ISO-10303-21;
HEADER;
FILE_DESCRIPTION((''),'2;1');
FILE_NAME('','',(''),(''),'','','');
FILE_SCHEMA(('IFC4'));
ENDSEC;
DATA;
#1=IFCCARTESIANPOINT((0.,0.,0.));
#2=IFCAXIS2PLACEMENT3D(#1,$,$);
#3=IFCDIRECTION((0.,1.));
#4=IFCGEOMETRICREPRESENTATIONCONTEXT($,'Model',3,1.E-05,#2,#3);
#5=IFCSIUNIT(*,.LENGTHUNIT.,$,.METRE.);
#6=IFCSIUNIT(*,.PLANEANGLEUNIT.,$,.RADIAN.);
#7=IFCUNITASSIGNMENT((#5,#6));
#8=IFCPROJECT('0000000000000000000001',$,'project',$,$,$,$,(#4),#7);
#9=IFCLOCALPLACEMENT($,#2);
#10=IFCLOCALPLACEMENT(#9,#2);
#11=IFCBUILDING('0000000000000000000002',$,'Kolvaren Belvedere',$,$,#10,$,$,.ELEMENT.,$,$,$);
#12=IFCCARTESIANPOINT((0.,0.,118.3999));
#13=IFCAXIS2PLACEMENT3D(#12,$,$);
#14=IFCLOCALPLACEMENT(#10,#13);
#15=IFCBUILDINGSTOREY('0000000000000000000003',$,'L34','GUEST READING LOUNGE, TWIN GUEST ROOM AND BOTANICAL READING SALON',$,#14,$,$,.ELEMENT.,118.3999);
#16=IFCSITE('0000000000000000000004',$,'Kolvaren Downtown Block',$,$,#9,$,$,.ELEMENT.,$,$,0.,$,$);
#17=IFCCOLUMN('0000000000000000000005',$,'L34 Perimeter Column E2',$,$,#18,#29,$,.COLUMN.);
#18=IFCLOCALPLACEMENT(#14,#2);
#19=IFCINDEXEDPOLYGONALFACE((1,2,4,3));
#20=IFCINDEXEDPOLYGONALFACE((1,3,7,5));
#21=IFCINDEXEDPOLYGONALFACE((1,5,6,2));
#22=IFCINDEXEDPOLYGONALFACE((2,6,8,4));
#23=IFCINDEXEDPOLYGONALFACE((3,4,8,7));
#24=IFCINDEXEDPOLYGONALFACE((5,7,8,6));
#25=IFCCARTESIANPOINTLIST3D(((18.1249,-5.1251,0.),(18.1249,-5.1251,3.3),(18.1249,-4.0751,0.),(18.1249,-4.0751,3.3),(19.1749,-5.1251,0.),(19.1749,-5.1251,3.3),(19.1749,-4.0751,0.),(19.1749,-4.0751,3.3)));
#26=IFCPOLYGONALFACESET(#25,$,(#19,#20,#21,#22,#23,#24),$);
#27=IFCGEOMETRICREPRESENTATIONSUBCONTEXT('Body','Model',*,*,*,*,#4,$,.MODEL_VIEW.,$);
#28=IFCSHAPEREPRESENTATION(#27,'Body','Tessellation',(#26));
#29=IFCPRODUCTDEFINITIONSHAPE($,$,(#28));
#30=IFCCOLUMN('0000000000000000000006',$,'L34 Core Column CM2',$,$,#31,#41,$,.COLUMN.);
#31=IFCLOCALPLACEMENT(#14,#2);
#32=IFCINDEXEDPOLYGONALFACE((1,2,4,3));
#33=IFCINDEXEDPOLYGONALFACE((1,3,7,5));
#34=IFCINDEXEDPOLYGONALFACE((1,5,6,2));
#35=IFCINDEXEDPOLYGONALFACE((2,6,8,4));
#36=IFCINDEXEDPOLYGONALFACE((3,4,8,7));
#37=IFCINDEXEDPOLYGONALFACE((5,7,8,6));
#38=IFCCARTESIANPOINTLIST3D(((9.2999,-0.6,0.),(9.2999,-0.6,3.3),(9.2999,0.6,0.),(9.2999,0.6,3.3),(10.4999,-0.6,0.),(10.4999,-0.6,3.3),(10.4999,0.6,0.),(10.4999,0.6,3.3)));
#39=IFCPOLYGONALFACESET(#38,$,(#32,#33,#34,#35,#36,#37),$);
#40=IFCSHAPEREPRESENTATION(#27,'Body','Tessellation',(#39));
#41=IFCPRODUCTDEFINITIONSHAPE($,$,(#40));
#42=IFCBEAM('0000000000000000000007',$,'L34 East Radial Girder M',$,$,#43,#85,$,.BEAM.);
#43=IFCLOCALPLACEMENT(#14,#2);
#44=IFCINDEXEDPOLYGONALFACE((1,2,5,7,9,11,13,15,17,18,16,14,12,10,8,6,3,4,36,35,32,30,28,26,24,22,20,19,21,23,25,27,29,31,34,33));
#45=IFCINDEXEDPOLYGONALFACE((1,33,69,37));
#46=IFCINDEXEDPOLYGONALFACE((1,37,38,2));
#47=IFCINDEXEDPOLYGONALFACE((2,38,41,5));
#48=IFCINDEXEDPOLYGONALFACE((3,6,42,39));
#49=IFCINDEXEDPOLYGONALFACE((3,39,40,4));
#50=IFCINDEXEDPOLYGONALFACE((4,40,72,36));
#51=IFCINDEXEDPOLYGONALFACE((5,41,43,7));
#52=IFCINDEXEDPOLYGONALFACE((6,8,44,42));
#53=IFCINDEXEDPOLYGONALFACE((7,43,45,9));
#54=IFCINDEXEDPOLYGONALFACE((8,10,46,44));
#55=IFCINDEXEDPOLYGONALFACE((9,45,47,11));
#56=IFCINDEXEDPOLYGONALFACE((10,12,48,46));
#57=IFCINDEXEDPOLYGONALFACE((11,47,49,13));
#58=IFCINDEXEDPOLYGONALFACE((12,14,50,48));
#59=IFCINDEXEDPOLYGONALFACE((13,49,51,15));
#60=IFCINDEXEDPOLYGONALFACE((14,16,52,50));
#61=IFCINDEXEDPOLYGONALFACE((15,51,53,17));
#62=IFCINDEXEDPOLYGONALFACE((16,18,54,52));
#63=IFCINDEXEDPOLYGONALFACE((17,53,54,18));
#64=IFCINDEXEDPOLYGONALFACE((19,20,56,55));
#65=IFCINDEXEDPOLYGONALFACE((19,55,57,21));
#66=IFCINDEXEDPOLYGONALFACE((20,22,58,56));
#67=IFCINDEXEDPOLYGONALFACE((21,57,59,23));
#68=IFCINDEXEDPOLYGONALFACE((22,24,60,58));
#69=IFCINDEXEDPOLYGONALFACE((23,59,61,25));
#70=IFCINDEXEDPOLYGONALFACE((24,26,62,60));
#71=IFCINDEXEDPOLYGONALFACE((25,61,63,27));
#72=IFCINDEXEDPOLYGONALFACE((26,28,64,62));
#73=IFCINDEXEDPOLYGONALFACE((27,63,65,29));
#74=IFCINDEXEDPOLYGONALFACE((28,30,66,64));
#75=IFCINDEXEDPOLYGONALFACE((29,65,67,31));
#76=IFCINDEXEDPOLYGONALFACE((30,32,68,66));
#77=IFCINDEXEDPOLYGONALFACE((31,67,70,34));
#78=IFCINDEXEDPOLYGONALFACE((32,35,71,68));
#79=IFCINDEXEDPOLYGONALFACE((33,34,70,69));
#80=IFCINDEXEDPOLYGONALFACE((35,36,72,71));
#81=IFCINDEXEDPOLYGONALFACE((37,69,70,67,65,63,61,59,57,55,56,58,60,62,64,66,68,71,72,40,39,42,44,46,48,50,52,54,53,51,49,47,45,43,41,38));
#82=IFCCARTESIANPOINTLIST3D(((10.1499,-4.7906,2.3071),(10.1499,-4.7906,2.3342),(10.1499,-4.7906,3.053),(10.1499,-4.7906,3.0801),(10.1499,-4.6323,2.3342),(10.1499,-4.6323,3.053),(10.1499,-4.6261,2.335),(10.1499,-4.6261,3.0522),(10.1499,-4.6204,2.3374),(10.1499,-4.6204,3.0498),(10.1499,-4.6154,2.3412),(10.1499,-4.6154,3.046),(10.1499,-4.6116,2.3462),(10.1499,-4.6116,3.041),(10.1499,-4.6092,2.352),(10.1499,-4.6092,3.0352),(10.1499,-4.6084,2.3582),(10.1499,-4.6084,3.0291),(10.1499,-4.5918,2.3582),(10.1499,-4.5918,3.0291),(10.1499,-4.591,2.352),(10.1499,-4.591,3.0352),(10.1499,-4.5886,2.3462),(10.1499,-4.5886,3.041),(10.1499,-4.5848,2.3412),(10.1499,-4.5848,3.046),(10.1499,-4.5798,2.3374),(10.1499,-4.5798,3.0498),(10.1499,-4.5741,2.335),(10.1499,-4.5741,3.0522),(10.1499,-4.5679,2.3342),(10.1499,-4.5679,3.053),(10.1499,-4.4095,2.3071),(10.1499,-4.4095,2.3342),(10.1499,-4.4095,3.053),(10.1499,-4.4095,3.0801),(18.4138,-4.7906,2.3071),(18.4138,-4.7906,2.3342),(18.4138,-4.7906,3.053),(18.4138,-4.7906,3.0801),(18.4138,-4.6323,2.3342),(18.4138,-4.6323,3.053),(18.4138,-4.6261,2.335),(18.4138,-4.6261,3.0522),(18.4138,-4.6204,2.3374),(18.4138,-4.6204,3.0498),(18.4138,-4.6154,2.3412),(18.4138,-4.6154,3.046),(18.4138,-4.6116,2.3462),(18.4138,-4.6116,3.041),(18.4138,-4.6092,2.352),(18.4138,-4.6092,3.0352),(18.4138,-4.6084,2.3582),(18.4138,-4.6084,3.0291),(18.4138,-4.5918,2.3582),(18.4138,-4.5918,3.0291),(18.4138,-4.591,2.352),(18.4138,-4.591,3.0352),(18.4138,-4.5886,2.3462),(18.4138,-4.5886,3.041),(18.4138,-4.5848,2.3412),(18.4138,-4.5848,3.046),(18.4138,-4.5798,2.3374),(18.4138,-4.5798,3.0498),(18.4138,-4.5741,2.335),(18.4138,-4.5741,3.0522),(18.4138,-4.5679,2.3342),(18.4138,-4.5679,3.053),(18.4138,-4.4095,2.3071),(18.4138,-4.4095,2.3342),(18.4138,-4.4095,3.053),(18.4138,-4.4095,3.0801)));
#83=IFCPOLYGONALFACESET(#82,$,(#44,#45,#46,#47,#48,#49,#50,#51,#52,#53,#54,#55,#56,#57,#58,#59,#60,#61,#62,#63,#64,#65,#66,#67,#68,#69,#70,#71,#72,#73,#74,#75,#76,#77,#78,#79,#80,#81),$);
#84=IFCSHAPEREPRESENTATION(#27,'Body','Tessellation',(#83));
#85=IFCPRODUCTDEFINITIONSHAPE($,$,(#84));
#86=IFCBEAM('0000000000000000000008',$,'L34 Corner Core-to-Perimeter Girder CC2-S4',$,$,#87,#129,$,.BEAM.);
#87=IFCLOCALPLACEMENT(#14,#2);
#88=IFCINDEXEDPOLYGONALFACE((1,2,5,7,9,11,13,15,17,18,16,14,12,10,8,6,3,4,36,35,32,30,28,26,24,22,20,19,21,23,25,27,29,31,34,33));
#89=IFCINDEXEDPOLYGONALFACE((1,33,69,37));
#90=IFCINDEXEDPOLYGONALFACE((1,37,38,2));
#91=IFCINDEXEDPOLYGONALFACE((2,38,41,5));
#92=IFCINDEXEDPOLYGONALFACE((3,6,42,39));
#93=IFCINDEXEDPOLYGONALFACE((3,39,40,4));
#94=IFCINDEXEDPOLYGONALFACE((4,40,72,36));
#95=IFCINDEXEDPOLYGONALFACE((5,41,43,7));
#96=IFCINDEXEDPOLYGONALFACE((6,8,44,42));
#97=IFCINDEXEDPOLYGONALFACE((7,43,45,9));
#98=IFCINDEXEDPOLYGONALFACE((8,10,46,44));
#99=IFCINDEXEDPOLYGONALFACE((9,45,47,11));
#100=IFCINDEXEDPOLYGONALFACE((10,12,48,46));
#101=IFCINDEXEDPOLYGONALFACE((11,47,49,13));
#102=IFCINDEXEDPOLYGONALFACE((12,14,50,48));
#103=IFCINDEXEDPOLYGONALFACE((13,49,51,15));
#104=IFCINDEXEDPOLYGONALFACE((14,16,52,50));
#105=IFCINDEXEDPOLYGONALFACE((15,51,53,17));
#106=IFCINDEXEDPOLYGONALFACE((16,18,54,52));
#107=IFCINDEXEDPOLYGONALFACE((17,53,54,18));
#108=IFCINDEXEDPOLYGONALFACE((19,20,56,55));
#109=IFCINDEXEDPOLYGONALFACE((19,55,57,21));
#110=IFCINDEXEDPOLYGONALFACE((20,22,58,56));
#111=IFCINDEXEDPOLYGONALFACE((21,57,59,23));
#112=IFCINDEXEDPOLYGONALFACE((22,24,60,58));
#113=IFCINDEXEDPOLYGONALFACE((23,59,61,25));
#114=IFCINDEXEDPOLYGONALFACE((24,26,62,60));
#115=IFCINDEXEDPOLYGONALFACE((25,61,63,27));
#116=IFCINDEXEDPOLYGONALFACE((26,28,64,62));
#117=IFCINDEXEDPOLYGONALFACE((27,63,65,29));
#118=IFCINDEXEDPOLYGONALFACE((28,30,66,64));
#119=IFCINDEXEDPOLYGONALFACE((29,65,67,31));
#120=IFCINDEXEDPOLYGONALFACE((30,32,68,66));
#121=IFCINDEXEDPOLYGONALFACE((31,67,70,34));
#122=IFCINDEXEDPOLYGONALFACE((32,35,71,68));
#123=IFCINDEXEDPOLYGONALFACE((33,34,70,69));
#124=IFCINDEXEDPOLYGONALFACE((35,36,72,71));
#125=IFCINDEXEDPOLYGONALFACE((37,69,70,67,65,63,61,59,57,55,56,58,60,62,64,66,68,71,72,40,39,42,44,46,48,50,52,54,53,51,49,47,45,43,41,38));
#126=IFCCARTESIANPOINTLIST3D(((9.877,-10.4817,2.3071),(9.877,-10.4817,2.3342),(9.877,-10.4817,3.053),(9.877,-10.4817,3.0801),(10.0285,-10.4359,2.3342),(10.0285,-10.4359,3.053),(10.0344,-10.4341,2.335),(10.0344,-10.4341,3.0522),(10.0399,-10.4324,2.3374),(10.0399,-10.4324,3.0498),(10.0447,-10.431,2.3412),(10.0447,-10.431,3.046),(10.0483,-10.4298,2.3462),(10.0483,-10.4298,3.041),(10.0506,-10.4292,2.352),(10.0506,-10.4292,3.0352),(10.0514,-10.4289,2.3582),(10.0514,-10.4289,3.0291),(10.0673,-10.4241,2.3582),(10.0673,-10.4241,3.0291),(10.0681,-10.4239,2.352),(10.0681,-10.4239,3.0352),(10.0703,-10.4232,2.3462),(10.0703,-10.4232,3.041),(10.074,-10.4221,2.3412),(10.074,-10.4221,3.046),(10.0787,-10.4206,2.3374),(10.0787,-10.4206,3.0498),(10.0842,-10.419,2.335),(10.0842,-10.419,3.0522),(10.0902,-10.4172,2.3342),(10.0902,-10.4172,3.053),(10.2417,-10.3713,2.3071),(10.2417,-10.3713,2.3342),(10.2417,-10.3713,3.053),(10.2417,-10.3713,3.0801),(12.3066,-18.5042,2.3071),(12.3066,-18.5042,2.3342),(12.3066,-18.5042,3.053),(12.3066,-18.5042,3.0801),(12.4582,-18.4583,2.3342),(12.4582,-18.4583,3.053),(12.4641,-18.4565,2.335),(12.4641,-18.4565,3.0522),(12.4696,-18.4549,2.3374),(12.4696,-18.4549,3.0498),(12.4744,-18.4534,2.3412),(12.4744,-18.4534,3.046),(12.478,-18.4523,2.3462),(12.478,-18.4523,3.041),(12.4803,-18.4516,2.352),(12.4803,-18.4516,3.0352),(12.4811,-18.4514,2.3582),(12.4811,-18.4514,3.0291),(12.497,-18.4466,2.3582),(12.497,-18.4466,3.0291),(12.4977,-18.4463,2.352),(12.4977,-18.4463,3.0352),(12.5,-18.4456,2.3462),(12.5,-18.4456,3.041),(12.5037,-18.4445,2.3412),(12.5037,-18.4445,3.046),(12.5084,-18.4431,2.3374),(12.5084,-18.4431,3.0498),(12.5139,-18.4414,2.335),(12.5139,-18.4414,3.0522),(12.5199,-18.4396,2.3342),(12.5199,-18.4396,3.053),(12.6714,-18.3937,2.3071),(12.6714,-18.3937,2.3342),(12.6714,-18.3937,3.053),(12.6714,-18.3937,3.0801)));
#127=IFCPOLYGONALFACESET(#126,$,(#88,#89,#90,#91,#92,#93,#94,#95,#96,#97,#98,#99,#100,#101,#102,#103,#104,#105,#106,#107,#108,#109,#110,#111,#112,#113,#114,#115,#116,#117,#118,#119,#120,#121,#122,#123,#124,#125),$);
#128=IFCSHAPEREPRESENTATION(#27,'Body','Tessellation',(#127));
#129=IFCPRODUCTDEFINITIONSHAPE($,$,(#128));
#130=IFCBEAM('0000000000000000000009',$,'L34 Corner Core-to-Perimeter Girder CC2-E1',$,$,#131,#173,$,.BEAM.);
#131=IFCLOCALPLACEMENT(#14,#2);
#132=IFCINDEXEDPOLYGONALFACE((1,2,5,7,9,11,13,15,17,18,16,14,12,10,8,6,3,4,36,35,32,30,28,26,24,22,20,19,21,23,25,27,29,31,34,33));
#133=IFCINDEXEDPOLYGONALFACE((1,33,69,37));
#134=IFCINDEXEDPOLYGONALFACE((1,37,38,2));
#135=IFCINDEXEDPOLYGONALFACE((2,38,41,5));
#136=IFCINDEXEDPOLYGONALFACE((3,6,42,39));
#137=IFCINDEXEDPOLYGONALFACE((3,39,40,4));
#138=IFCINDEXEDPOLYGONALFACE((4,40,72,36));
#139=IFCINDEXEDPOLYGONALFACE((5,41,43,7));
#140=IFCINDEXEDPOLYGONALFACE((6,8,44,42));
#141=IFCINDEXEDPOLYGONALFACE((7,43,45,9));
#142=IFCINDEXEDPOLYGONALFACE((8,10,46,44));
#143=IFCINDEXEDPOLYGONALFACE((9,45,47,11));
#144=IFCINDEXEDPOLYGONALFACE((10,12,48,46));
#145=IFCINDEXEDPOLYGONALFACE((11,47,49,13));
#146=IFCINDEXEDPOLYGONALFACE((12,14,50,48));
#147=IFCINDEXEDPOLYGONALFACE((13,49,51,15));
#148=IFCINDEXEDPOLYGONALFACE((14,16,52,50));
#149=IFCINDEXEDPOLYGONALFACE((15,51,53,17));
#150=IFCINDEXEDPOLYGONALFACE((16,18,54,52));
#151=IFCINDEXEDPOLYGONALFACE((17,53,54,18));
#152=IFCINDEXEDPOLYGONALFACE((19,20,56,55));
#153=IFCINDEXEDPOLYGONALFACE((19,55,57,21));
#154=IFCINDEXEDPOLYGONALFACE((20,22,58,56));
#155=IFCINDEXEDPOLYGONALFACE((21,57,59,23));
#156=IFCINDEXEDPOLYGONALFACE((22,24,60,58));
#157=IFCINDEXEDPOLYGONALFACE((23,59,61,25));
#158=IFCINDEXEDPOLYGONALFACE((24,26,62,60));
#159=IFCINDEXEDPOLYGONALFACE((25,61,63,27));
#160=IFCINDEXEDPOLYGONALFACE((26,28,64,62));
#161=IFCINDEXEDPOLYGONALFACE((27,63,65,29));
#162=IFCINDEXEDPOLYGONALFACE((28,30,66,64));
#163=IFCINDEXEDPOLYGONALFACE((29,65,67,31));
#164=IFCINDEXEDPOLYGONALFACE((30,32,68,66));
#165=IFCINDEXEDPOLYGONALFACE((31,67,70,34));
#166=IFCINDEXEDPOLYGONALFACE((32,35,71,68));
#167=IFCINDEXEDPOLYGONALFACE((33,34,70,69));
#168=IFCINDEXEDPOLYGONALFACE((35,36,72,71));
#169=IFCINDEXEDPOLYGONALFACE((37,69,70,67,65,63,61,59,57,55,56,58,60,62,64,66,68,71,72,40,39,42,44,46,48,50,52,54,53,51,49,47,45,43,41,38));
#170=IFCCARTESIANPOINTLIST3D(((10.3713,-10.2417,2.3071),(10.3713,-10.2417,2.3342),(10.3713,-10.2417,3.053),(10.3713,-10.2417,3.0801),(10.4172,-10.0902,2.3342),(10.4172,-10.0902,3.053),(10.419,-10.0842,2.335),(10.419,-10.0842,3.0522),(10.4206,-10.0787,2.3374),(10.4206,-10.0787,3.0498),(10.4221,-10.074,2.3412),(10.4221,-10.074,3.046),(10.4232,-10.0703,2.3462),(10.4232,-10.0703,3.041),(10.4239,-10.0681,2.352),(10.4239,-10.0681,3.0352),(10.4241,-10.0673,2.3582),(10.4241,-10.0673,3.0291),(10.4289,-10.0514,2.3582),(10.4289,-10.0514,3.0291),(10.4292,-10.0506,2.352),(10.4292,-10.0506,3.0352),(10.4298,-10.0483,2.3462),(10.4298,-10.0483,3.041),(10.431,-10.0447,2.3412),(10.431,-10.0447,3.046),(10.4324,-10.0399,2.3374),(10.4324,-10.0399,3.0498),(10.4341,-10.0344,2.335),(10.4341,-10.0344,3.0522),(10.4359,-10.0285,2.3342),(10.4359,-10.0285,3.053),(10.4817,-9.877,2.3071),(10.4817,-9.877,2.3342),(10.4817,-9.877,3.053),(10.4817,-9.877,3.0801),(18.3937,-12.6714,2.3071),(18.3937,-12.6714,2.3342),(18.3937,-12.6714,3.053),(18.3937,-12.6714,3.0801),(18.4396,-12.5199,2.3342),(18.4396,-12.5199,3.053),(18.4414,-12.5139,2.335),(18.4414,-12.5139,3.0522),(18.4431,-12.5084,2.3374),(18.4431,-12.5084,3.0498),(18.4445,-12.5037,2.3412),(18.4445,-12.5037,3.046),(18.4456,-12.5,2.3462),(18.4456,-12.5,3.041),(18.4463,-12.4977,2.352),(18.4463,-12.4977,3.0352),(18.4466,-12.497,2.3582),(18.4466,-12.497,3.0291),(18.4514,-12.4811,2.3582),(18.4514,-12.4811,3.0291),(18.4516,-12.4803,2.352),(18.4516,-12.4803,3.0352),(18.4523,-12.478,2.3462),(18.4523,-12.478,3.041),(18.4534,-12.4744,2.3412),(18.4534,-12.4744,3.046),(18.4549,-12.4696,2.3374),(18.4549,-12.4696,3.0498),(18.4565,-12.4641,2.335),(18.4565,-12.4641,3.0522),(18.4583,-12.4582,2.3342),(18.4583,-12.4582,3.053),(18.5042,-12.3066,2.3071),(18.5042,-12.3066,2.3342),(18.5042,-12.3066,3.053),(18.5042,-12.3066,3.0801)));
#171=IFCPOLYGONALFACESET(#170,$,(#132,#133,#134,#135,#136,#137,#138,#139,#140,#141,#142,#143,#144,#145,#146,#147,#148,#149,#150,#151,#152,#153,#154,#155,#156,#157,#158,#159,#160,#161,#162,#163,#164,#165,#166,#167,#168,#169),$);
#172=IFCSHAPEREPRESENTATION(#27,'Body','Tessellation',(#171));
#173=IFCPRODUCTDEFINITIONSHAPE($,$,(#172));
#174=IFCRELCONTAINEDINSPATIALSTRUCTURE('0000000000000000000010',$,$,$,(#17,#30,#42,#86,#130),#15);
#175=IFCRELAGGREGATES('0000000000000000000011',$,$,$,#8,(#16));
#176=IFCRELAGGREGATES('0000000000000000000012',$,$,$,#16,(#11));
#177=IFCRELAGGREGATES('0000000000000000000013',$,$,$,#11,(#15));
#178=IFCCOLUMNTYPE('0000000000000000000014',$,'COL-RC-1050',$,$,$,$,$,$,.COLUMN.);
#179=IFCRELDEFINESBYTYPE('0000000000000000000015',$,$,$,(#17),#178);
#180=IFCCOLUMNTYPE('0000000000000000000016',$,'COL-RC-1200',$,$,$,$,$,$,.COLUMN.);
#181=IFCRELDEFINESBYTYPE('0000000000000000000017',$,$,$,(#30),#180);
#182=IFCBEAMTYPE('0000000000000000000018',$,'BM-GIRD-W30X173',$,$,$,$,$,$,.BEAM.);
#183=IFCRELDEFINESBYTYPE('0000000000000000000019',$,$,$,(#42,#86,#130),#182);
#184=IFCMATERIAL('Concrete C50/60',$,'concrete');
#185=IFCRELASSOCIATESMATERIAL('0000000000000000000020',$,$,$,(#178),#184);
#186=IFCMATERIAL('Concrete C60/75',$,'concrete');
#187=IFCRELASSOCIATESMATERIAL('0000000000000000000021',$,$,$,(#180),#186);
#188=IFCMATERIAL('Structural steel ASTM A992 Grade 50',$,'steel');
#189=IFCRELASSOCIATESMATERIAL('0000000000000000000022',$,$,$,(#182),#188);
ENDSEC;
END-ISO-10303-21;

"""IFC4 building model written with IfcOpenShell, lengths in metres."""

from ifc_helpers import new_model, si_unit, direction, frame, origin, origin_2d, place, context, subcontext, project, spatial, rectangle, i_section, extrude, material, material_profile, profile_set, type_object, element, save


model = new_model("IFC4")

# Units and contexts
model_context = context("Model", 3, precision=1e-05, world=origin(), true_north=direction((0.0, 1.0)))
body_context = subcontext(model_context, "Body", "Model", "MODEL_VIEW")
ifc_project = project(units=[si_unit("LENGTHUNIT", "METRE"), si_unit("PLANEANGLEUNIT", "RADIAN")], contexts=[model_context])

# Site, building, storey
site_placement = place(None, origin())
site = spatial("IfcSite", under=ifc_project, at=site_placement, Name="Kolvaren Downtown Block", CompositionType="ELEMENT", RefElevation=0.0)
building_placement = place(site_placement, origin())
building = spatial("IfcBuilding", under=site, at=building_placement, Name="Kolvaren Belvedere", CompositionType="ELEMENT")
storey_placement = place(building_placement, frame((0.0, 0.0, 118.3999)))
storey = spatial("IfcBuildingStorey", under=building, at=storey_placement, Name="L34", Description="GUEST READING LOUNGE, TWIN GUEST ROOM AND BOTANICAL READING SALON", CompositionType="ELEMENT", Elevation=118.3999)

# Columns
ifc_material_1 = material(Name="Concrete C50/60", Category="concrete")
ifc_material_profile_1 = material_profile(ifc_material_1, rectangle(XDim=1.05, YDim=1.05, at=origin_2d()), Name="RC 1050X1050")
ifc_profile_set_1 = profile_set([ifc_material_profile_1], Name="Concrete C50/60")
column_type_1 = type_object("IfcColumnType", Name="COL-RC-1050", PredefinedType="COLUMN", material=ifc_profile_set_1)
column_1_placement = place(storey_placement, frame((18.6499, -4.6001, 0.0), z_axis=(0.0, 0.0, 1.0), x_axis=(1.0, 0.0, 0.0)))
element("IfcColumn", 1, at=column_1_placement, inside=storey, type_object=column_type_1, Name="L34 Perimeter Column E2", PredefinedType="COLUMN", context=body_context, shape_type="SweptSolid", body=[
    extrude(rectangle(XDim=1.05, YDim=1.05, at=origin_2d()), origin(), (0.0, 0.0, 1.0), 3.3),
])
ifc_material_2 = material(Name="Concrete C60/75", Category="concrete")
ifc_material_profile_2 = material_profile(ifc_material_2, rectangle(XDim=1.2, YDim=1.2, at=origin_2d()), Name="RC 1200X1200")
ifc_profile_set_2 = profile_set([ifc_material_profile_2], Name="Concrete C60/75")
column_type_2 = type_object("IfcColumnType", Name="COL-RC-1200", PredefinedType="COLUMN", material=ifc_profile_set_2)
column_2_placement = place(storey_placement, frame((9.8999, 0.0, 0.0), z_axis=(0.0, 0.0, 1.0), x_axis=(1.0, 0.0, 0.0)))
element("IfcColumn", 2, at=column_2_placement, inside=storey, type_object=column_type_2, Name="L34 Core Column CM2", PredefinedType="COLUMN", context=body_context, shape_type="SweptSolid", body=[
    extrude(rectangle(XDim=1.2, YDim=1.2, at=origin_2d()), origin(), (0.0, 0.0, 1.0), 3.3),
])

# Beams
ifc_material_3 = material(Name="Structural steel ASTM A992 Grade 50", Category="steel")
ifc_material_profile_3 = material_profile(ifc_material_3, i_section(OverallWidth=0.3811, OverallDepth=0.7729, WebThickness=0.0166, FlangeThickness=0.0271, FilletRadius=0.0239, at=origin_2d()), Name="W30X173")
ifc_profile_set_3 = profile_set([ifc_material_profile_3], Name="Structural steel ASTM A992 Grade 50")
beam_type_1 = type_object("IfcBeamType", Name="BM-GIRD-W30X173", PredefinedType="BEAM", material=ifc_profile_set_3)
beam_1_placement = place(storey_placement, frame((10.1499, -4.6001, 2.6936), z_axis=(1.0, 0.0, 0.0), x_axis=(0.0, 1.0, 0.0)))
element("IfcBeam", 3, at=beam_1_placement, inside=storey, type_object=beam_type_1, Name="L34 East Radial Girder M", PredefinedType="BEAM", context=body_context, shape_type="SweptSolid", body=[
    extrude(i_section(OverallWidth=0.3811, OverallDepth=0.7729, WebThickness=0.0166, FlangeThickness=0.0271, FilletRadius=0.0239, at=origin_2d()), origin(), (0.0, 0.0, 1.0), 8.2639),
])
for number, where, z_axis, x_axis, name in (
    (4, (10.0593, -10.4265, 2.6936), (0.289859, -0.957069, 0.0), (0.957069, 0.289859, 0.0), "L34 Corner Core-to-Perimeter Girder CC2-S4"),
    (5, (10.4265, -10.0593, 2.6936), (0.957069, -0.289859, 0.0), (0.289859, 0.957069, 0.0), "L34 Corner Core-to-Perimeter Girder CC2-E1"),
):
    element("IfcBeam", number, at=place(storey_placement, frame(where, z_axis=z_axis, x_axis=x_axis)), inside=storey, type_object=beam_type_1, Name=name, PredefinedType="BEAM", context=body_context, shape_type="SweptSolid", body=[
        extrude(i_section(OverallWidth=0.3811, OverallDepth=0.7729, WebThickness=0.0166, FlangeThickness=0.0271, FilletRadius=0.0239, at=origin_2d()), origin(), (0.0, 0.0, 1.0), 8.3823),
    ])

save(model, "model.ifc")
